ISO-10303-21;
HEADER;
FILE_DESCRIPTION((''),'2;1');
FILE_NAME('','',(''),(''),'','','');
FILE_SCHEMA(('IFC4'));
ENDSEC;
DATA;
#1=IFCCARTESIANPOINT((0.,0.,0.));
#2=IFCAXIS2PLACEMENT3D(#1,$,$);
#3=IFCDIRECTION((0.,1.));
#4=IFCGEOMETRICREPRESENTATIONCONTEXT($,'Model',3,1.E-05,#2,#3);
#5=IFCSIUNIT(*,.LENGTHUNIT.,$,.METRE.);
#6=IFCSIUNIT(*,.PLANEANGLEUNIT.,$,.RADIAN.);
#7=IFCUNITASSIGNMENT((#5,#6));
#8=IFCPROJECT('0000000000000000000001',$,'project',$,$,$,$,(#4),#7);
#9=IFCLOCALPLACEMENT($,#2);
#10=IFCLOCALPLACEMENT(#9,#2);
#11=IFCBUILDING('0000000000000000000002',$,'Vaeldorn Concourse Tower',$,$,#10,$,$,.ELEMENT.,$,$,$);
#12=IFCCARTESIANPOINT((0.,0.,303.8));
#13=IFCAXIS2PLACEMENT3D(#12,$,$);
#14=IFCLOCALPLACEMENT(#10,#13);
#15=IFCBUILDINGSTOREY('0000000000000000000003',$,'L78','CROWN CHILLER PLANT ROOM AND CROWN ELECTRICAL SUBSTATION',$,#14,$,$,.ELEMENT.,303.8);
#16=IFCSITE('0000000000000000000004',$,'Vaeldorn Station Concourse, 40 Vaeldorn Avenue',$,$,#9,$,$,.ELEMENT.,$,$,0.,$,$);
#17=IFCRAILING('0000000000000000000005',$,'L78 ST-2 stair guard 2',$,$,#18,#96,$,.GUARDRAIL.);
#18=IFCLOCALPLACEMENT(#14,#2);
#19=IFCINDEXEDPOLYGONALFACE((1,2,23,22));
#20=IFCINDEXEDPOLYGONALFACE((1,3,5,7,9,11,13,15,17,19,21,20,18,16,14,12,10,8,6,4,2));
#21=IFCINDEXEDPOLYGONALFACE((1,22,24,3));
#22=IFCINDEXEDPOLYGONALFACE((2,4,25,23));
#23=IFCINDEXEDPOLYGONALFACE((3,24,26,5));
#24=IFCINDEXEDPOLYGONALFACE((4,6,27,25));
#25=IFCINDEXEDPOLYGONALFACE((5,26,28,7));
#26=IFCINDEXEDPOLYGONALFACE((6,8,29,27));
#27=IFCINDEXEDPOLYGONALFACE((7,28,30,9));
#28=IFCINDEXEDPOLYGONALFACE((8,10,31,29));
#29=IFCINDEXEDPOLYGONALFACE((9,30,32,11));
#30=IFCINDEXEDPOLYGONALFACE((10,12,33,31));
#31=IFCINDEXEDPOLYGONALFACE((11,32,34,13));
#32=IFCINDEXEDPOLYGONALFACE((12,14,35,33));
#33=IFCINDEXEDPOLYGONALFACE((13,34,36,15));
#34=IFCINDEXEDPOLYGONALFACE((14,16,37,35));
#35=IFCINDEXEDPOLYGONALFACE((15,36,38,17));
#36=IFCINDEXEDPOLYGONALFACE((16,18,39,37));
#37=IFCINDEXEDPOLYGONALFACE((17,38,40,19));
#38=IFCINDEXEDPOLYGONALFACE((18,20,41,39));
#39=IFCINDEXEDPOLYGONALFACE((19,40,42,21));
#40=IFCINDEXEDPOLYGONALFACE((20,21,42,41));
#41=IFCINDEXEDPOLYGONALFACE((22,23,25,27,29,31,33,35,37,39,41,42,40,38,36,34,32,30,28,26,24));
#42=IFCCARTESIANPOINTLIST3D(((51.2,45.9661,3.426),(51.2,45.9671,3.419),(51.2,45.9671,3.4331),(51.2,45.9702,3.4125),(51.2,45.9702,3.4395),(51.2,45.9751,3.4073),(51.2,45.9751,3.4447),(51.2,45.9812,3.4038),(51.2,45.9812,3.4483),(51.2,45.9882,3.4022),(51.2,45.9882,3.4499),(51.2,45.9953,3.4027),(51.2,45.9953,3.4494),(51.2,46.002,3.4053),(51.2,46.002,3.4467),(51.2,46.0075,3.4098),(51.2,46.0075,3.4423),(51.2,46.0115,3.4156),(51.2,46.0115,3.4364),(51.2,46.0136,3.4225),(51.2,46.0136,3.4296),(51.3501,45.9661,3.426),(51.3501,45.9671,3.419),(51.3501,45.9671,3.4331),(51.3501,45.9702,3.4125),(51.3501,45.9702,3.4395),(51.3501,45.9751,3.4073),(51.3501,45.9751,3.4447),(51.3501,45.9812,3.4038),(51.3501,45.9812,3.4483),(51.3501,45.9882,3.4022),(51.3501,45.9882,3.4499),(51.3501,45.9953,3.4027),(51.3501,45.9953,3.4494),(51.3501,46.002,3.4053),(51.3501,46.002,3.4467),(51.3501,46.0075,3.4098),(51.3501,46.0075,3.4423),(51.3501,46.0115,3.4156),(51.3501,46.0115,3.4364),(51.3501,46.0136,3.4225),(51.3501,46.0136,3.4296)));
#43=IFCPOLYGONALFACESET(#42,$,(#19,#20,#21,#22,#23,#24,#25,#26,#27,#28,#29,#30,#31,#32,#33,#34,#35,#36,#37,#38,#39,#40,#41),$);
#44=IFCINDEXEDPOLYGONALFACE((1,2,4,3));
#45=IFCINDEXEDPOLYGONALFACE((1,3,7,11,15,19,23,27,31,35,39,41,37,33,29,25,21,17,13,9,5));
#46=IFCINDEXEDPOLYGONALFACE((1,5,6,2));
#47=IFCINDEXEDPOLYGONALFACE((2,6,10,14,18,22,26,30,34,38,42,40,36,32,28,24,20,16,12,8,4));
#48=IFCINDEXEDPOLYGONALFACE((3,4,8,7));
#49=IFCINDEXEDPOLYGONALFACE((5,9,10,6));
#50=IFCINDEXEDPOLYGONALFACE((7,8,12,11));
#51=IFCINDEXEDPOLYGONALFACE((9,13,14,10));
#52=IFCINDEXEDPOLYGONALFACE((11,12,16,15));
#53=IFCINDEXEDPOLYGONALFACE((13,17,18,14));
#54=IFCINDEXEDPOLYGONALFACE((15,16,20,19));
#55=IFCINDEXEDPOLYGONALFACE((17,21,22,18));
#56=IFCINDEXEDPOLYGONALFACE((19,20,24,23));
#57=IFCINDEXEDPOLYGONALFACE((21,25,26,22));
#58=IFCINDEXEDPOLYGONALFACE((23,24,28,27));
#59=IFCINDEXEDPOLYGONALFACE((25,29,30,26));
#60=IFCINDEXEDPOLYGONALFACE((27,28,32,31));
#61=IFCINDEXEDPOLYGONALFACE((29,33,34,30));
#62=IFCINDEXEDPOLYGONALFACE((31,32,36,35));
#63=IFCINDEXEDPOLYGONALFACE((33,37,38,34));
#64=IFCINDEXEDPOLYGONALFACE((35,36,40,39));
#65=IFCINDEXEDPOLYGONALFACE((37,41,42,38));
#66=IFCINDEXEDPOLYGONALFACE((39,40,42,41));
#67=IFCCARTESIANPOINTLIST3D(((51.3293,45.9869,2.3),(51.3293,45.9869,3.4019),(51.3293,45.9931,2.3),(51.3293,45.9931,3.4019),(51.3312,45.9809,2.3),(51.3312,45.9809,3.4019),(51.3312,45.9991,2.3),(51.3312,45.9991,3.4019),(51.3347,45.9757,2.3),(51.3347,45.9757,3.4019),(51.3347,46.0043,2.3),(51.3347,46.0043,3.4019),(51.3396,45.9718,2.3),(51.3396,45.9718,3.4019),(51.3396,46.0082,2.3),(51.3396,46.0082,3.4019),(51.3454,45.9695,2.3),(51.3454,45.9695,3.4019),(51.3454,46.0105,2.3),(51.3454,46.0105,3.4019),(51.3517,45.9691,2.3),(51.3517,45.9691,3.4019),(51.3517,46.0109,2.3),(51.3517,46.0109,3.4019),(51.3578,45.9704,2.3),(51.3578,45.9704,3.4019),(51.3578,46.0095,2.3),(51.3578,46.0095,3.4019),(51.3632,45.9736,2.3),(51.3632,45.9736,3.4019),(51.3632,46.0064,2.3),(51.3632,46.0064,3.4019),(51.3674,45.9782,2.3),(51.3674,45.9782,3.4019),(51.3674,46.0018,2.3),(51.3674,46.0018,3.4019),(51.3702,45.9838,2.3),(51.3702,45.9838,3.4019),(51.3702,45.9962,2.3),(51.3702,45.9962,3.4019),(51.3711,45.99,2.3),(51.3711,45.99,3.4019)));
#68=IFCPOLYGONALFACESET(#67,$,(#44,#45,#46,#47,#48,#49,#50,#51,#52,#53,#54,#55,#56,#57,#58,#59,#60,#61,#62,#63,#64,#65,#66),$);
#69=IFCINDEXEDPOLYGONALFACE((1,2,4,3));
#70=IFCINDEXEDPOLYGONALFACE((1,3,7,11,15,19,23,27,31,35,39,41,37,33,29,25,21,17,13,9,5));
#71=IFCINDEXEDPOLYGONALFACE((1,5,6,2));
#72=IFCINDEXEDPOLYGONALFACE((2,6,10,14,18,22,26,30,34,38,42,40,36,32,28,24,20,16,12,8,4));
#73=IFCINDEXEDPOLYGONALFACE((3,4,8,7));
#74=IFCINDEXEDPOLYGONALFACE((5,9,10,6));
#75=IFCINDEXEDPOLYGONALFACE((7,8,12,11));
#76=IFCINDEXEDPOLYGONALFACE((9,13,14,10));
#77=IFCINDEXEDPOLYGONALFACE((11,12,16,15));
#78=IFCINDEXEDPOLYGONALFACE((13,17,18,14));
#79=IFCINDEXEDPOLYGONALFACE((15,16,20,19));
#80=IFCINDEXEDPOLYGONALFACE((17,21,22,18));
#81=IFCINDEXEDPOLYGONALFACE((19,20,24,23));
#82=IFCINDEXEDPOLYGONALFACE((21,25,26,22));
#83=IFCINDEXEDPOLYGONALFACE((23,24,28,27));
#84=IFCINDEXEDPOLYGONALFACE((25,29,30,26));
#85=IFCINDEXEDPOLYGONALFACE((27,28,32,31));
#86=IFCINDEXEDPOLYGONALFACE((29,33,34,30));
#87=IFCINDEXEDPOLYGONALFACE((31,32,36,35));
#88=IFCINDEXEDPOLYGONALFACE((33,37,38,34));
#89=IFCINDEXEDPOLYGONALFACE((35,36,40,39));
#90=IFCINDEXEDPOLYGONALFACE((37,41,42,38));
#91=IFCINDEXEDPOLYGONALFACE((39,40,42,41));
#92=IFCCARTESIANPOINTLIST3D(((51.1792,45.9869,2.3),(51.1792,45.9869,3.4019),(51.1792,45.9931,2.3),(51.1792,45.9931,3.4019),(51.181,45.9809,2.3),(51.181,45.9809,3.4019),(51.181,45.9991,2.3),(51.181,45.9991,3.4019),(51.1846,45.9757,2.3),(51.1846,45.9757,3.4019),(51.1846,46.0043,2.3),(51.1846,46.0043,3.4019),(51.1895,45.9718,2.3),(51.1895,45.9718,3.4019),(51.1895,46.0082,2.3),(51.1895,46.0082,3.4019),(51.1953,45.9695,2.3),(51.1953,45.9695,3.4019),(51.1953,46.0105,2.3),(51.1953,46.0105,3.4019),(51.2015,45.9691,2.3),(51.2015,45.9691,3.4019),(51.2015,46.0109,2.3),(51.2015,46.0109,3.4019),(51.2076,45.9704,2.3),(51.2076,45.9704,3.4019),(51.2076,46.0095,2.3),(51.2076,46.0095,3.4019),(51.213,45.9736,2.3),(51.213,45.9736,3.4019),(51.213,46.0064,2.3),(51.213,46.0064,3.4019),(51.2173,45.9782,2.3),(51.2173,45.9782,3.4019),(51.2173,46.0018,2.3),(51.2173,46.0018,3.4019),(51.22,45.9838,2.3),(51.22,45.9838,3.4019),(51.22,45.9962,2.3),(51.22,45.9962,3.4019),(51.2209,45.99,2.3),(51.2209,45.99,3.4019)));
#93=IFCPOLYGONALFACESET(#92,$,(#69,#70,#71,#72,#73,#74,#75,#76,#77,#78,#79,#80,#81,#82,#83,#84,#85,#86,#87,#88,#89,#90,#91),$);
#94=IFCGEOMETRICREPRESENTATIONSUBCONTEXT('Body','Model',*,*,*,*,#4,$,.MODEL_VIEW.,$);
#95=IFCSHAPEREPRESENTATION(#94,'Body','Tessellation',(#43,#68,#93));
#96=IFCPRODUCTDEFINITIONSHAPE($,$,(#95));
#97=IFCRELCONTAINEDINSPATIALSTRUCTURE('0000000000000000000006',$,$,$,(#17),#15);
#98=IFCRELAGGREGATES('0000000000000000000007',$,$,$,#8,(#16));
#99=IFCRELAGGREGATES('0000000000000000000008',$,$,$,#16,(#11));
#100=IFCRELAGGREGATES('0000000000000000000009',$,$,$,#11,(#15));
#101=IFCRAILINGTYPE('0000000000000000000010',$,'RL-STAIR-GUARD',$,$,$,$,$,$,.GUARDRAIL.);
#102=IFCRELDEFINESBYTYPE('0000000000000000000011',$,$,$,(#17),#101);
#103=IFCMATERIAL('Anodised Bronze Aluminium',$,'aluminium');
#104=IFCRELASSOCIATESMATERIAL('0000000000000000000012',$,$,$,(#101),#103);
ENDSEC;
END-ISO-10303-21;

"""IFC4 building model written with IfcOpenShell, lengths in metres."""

from ifc_helpers import new_model, si_unit, direction, frame, origin, origin_2d, place, context, subcontext, project, spatial, circle, extrude, material, type_object, element, save


model = new_model("IFC4")

# Units and contexts
model_context = context("Model", 3, precision=1e-05, world=origin(), true_north=direction((0.0, 1.0)))
body_context = subcontext(model_context, "Body", "Model", "MODEL_VIEW")
ifc_project = project(units=[si_unit("LENGTHUNIT", "METRE"), si_unit("PLANEANGLEUNIT", "RADIAN")], contexts=[model_context])

# Site, building, storey
site_placement = place(None, origin())
site = spatial("IfcSite", under=ifc_project, at=site_placement, Name="Vaeldorn Station Concourse, 40 Vaeldorn Avenue", CompositionType="ELEMENT", RefElevation=0.0)
building_placement = place(site_placement, origin())
building = spatial("IfcBuilding", under=site, at=building_placement, Name="Vaeldorn Concourse Tower", CompositionType="ELEMENT")
storey_placement = place(building_placement, frame((0.0, 0.0, 303.8)))
storey = spatial("IfcBuildingStorey", under=building, at=storey_placement, Name="L78", Description="CROWN CHILLER PLANT ROOM AND CROWN ELECTRICAL SUBSTATION", CompositionType="ELEMENT", Elevation=303.8)

# Shared definitions
ifc_material_1 = material(Name="Anodised Bronze Aluminium", Category="aluminium")

# Railing
railing_type_1 = type_object("IfcRailingType", Name="RL-STAIR-GUARD", PredefinedType="GUARDRAIL", material=ifc_material_1)
railing_1_placement = place(storey_placement, frame((51.3501, 45.99, 2.3)))
element("IfcRailing", 1, at=railing_1_placement, inside=storey, type_object=railing_type_1, Name="L78 ST-2 stair guard 2", PredefinedType="GUARDRAIL", context=body_context, shape_type="SweptSolid", body=[
    extrude(circle(Radius=0.0239, at=origin_2d()), frame((0.0, 0.0, 1.126), z_axis=(-1.0, 0.0, 0.0), x_axis=(0.0, -1.0, 0.0)), (0.0, 0.0, 1.0), 0.1501),
    extrude(circle(Radius=0.021, at=origin_2d()), origin(), (0.0, 0.0, 1.0), 1.1018),
    extrude(circle(Radius=0.021, at=origin_2d()), frame((-0.1501, 0.0, 0.0)), (0.0, 0.0, 1.0), 1.1018),
])

save(model, "model.ifc")
